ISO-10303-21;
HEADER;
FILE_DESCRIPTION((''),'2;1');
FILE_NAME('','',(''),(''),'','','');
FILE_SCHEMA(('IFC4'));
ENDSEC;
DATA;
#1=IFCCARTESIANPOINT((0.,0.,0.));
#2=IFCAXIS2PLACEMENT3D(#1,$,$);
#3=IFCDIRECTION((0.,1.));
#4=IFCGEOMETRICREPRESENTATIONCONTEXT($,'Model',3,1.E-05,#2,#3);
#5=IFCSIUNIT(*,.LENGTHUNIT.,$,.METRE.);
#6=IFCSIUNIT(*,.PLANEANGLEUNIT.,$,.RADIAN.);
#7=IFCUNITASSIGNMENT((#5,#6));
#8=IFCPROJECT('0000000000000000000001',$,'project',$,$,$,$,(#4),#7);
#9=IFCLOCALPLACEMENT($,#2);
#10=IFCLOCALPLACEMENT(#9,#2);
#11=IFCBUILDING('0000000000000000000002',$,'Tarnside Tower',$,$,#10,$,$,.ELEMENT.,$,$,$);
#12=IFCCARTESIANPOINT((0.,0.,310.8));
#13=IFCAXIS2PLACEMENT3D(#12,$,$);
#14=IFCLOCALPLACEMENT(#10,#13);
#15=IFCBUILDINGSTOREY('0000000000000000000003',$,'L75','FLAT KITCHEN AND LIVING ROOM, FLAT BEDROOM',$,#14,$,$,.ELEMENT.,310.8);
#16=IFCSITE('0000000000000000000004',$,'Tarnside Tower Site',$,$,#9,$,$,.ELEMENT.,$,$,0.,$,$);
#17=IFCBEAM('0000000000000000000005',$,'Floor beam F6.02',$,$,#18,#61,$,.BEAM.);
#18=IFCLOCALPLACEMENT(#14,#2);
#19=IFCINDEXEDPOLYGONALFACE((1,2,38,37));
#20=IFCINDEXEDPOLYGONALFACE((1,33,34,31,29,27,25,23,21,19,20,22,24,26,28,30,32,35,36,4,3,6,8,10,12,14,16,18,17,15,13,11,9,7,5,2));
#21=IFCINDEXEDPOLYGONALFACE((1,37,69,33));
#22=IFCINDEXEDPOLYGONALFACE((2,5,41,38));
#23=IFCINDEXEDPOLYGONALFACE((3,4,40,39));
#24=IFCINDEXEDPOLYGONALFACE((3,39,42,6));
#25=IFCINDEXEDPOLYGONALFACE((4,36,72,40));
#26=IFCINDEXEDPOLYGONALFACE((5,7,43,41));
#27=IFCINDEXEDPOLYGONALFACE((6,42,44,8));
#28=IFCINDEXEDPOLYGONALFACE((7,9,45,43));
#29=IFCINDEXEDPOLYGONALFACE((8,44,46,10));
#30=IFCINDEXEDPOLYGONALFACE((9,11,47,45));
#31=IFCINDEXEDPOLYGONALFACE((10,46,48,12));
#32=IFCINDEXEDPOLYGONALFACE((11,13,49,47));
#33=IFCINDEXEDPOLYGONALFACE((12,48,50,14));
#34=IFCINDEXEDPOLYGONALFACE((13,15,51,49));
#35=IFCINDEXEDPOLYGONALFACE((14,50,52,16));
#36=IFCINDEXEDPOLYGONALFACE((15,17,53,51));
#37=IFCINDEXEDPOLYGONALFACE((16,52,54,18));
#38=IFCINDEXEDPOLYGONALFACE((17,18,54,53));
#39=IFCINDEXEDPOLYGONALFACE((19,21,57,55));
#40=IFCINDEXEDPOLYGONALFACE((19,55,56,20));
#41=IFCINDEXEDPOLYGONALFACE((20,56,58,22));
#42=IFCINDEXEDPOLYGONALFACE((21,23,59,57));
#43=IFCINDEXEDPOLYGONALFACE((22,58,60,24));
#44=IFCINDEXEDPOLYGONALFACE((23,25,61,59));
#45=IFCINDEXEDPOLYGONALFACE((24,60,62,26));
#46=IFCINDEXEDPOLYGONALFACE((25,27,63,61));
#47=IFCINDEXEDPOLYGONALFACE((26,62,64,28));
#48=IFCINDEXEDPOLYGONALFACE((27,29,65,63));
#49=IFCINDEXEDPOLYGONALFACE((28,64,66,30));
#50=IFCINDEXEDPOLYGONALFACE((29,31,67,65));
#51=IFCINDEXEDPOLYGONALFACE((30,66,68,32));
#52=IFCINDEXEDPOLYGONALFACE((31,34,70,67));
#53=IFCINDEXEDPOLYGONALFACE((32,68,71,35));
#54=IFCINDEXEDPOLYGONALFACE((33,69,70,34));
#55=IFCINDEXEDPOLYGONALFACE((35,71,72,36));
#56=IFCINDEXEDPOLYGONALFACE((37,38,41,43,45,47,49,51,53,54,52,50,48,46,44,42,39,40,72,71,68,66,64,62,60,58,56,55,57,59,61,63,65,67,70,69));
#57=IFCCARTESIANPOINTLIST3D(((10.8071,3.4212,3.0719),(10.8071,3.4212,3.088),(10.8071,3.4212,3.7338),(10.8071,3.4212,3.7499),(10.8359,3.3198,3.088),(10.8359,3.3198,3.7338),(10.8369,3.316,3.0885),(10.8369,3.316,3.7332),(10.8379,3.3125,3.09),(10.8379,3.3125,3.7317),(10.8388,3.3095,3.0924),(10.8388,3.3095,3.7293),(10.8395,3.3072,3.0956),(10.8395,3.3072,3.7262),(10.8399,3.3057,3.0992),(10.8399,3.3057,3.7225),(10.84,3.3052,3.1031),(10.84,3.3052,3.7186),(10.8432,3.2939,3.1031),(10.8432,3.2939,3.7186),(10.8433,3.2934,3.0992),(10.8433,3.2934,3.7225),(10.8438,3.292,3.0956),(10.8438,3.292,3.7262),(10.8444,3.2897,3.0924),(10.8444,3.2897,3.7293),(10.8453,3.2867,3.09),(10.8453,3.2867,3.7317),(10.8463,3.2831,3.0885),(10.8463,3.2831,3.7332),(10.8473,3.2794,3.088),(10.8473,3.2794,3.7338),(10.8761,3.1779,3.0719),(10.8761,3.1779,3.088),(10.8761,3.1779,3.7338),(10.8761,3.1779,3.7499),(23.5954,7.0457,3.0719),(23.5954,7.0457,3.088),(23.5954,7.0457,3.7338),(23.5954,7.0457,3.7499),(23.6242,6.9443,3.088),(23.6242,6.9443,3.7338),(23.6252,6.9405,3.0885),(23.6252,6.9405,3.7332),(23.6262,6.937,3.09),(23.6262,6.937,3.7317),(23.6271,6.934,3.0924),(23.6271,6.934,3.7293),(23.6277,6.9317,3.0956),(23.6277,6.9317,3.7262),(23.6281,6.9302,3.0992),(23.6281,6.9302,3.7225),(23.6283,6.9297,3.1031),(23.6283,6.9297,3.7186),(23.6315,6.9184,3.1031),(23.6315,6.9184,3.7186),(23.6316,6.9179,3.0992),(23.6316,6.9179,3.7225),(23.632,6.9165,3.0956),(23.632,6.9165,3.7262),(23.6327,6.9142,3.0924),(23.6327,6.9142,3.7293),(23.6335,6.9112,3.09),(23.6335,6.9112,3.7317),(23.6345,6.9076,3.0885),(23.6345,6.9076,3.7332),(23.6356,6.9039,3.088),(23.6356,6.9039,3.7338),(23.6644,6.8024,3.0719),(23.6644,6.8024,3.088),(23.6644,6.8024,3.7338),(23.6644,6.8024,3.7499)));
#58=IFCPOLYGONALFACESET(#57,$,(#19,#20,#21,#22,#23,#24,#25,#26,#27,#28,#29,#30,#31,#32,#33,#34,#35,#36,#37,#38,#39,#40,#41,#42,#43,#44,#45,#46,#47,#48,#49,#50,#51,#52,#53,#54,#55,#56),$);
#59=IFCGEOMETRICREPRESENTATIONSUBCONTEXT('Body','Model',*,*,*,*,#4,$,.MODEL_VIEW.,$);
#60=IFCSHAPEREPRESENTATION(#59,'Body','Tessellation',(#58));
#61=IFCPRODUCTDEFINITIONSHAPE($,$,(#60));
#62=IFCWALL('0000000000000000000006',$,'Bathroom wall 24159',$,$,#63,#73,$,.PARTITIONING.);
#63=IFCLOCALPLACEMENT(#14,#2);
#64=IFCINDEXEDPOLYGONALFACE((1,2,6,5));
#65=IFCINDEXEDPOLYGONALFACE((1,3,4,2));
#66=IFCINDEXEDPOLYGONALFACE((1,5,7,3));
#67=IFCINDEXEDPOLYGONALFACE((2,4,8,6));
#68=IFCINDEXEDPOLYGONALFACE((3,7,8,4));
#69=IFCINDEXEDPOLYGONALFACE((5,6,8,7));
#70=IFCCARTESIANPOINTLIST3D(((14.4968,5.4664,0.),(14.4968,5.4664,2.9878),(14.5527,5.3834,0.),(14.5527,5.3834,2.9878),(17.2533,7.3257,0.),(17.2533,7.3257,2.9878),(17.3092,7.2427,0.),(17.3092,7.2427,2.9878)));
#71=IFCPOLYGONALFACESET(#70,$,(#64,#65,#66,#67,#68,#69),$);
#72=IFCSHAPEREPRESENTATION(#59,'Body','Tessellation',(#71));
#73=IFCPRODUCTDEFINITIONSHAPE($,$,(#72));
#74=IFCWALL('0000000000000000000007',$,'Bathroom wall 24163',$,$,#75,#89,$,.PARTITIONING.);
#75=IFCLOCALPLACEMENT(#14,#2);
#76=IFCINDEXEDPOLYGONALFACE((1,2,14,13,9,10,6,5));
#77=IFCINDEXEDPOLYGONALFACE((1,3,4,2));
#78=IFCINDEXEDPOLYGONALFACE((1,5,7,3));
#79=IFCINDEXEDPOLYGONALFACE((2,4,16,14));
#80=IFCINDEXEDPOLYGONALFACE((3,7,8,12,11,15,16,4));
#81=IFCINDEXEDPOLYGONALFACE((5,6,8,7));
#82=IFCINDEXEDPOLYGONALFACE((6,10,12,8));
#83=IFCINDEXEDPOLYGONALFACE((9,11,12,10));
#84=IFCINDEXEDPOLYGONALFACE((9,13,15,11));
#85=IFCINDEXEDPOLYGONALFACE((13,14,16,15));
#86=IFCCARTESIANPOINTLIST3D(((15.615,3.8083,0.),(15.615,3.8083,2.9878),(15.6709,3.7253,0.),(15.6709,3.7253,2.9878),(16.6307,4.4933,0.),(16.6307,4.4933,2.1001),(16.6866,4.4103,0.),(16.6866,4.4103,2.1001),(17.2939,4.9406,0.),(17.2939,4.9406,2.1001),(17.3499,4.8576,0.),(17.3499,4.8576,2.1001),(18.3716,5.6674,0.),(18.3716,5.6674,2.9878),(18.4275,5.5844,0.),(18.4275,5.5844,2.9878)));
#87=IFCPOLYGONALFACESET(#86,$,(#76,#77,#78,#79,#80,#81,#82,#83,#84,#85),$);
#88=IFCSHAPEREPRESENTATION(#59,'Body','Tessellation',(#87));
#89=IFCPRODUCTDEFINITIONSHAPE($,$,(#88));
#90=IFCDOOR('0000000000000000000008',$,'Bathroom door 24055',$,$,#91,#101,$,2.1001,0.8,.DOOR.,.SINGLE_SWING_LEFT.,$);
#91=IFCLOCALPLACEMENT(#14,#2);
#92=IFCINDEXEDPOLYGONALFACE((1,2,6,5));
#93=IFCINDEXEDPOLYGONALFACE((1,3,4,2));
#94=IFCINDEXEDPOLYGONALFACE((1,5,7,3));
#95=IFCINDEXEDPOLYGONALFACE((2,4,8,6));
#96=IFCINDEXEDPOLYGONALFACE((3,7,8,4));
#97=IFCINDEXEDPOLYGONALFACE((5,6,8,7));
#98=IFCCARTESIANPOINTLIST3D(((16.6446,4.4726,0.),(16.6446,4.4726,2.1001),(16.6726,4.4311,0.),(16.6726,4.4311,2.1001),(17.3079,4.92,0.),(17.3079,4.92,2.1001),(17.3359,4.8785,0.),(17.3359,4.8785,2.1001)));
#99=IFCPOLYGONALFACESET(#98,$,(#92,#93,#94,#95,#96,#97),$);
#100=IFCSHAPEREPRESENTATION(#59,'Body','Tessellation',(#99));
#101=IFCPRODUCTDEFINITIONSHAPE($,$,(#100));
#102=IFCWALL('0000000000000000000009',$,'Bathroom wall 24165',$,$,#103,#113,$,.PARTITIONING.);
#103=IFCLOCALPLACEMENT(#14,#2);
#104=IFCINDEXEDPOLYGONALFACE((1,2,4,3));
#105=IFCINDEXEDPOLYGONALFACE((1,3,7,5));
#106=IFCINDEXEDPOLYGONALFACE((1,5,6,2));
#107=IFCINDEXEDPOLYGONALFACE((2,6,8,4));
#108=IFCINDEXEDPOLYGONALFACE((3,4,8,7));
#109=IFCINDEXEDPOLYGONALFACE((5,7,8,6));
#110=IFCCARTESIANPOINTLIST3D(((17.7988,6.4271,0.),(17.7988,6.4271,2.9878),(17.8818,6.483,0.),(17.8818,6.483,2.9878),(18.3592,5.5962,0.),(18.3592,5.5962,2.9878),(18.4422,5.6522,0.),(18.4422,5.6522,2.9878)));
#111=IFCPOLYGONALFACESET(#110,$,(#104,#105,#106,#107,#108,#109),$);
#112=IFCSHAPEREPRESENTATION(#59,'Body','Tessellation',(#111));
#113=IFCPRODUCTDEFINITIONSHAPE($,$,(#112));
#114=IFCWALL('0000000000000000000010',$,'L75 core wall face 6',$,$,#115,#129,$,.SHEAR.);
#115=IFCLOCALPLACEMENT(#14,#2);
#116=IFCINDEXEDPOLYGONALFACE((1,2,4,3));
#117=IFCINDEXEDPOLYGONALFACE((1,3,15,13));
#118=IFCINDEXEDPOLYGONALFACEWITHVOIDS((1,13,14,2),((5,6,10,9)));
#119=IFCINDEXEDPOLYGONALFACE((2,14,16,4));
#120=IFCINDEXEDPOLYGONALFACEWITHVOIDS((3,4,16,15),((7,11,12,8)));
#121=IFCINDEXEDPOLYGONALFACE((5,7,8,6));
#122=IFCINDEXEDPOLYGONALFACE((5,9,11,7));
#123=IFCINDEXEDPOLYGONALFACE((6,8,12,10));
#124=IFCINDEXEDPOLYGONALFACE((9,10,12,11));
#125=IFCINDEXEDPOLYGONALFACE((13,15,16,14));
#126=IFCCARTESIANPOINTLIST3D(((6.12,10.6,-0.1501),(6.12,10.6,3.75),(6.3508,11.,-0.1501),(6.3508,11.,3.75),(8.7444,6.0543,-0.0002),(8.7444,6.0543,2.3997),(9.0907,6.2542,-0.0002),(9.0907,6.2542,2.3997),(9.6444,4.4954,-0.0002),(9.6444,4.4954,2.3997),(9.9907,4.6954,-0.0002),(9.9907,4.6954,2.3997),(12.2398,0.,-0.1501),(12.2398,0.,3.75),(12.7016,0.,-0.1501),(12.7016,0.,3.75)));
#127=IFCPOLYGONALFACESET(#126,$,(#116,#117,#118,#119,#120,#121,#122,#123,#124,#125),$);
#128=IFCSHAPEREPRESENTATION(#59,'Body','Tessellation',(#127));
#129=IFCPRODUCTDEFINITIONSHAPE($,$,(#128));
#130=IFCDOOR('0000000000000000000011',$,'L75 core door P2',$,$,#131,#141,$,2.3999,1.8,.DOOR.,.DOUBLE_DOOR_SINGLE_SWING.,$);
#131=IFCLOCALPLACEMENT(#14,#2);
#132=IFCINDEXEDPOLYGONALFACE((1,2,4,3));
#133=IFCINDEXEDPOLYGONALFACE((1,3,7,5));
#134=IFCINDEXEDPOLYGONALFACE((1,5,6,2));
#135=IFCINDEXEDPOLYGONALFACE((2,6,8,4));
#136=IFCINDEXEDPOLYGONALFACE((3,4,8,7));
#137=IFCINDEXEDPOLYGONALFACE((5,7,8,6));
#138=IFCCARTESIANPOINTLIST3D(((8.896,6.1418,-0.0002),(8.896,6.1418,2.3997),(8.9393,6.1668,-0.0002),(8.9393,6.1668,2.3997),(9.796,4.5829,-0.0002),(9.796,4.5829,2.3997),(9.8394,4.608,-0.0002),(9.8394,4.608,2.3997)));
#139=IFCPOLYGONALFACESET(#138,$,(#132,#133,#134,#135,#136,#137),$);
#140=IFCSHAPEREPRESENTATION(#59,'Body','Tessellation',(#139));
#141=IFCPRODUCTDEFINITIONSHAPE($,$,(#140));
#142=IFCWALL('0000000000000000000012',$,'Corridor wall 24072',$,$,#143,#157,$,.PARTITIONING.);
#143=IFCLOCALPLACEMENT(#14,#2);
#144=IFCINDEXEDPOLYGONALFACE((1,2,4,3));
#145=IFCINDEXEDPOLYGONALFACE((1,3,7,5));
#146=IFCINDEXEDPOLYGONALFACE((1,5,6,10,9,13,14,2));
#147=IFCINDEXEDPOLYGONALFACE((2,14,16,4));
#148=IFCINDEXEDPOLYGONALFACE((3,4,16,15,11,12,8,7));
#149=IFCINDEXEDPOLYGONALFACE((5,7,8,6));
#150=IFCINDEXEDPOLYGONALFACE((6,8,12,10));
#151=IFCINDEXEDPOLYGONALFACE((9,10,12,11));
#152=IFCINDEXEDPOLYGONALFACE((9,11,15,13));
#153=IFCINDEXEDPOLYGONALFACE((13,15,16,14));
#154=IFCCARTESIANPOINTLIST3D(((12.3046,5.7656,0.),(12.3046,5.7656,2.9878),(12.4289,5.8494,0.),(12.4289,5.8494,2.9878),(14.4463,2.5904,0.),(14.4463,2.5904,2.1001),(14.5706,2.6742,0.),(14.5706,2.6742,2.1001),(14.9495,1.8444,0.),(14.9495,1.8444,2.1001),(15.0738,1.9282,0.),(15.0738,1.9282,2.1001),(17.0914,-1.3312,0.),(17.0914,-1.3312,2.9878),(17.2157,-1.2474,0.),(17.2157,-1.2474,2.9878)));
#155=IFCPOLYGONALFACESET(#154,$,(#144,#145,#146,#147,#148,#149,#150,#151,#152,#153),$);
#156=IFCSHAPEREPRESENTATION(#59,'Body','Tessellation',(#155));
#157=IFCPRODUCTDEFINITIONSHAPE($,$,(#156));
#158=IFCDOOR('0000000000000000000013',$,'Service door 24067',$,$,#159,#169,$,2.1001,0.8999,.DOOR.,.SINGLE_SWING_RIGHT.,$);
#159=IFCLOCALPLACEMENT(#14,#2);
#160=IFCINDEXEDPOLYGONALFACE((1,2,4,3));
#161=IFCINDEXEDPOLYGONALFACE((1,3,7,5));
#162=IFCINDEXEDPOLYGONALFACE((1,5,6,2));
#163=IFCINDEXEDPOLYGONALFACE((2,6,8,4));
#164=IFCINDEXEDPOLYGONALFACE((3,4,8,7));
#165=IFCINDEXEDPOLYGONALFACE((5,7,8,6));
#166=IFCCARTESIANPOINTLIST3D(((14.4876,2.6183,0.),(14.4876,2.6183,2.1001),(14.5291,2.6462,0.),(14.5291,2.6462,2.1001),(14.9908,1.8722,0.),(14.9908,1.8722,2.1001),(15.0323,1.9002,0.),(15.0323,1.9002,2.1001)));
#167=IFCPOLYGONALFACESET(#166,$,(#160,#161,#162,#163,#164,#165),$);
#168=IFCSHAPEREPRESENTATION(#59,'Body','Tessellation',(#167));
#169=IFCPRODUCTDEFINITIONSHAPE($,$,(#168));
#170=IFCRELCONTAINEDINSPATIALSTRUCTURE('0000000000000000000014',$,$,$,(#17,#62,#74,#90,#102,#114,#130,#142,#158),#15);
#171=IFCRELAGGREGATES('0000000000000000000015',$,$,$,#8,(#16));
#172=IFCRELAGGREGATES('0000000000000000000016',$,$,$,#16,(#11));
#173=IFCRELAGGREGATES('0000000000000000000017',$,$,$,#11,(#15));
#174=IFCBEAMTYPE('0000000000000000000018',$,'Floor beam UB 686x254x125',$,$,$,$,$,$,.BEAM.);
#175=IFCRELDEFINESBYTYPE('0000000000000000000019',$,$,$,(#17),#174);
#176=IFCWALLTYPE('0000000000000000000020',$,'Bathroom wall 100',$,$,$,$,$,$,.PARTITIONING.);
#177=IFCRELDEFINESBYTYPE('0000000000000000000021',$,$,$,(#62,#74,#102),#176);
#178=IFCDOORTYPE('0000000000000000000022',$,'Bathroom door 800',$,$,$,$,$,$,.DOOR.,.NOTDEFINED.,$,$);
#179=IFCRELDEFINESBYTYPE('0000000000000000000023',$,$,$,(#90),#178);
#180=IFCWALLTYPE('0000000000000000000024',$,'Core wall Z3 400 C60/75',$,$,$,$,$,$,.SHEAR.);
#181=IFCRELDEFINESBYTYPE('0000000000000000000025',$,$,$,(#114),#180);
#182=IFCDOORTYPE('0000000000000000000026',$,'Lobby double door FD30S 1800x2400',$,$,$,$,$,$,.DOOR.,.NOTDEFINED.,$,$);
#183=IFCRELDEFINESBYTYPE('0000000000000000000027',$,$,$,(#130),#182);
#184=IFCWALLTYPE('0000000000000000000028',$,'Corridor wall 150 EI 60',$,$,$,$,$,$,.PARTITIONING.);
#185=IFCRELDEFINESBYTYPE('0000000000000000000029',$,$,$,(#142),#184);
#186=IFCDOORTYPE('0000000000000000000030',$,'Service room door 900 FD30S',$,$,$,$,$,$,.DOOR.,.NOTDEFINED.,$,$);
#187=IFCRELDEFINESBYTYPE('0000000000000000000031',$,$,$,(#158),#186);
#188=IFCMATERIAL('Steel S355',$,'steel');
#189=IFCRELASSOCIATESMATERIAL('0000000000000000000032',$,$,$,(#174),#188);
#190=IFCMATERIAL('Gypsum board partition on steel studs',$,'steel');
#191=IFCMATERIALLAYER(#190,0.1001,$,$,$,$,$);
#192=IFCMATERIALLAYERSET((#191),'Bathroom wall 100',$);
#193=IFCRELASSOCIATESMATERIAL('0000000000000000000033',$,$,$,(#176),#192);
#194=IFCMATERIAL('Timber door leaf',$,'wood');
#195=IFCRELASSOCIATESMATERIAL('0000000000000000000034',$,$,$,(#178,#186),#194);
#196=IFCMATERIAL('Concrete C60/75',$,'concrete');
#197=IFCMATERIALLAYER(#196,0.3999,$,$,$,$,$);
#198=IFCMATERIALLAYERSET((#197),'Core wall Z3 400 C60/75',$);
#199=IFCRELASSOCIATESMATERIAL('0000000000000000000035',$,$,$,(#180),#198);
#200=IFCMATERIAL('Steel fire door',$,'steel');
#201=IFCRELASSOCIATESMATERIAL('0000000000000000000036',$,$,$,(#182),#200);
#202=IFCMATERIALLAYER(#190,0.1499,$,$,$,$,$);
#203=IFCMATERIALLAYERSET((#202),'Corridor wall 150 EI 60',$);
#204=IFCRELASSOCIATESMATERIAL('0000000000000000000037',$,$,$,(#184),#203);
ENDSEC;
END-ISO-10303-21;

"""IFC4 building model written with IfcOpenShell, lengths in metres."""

from ifc_helpers import new_model, si_unit, direction, frame, frame_2d, origin, origin_2d, place, context, subcontext, project, spatial, polyline, rectangle, i_section, outline, extrude, material, layer, layer_set, material_profile, profile_set, type_object, element, fill, save


model = new_model("IFC4")

# Units and contexts
model_context = context("Model", 3, precision=1e-05, world=origin(), true_north=direction((0.0, 1.0)))
body_context = subcontext(model_context, "Body", "Model", "MODEL_VIEW")
ifc_project = project(units=[si_unit("LENGTHUNIT", "METRE"), si_unit("PLANEANGLEUNIT", "RADIAN")], contexts=[model_context])

# Site, building, storey
site_placement = place(None, origin())
site = spatial("IfcSite", under=ifc_project, at=site_placement, Name="Tarnside Tower Site", CompositionType="ELEMENT", RefElevation=0.0)
building_placement = place(site_placement, origin())
building = spatial("IfcBuilding", under=site, at=building_placement, Name="Tarnside Tower", CompositionType="ELEMENT")
storey_placement = place(building_placement, frame((0.0, 0.0, 310.8)))
storey = spatial("IfcBuildingStorey", under=building, at=storey_placement, Name="L75", Description="FLAT KITCHEN AND LIVING ROOM, FLAT BEDROOM", CompositionType="ELEMENT", Elevation=310.8)

# Beam
ifc_material_1 = material(Name="Steel S355", Category="steel")
ifc_material_profile = material_profile(ifc_material_1, i_section(OverallWidth=0.2529, OverallDepth=0.678, WebThickness=0.0117, FlangeThickness=0.0161, FilletRadius=0.0151, at=origin_2d()), Name="UB 686x254x125")
ifc_profile_set = profile_set([ifc_material_profile], Name="Steel S355")
beam_type = type_object("IfcBeamType", Name="Floor beam UB 686x254x125", PredefinedType="BEAM", material=ifc_profile_set)
beam_placement = place(storey_placement, frame((23.6299, 6.9241, 3.4109), z_axis=(-0.962104, -0.272683, 0.0), x_axis=(0.272683, -0.962104, 0.0)))
element("IfcBeam", 1, at=beam_placement, inside=storey, type_object=beam_type, Name="Floor beam F6.02", PredefinedType="BEAM", context=body_context, shape_type="SweptSolid", body=[
    extrude(i_section(OverallWidth=0.2529, OverallDepth=0.678, WebThickness=0.0117, FlangeThickness=0.0161, FilletRadius=0.0151, at=origin_2d()), origin(), (0.0, 0.0, 1.0), 13.292),
])

# Wall
ifc_material_2 = material(Name="Gypsum board partition on steel studs", Category="steel")
ifc_layer_1 = layer(ifc_material_2, 0.1001)
ifc_layer_set_1 = layer_set([ifc_layer_1], Name="Bathroom wall 100")
wall_type_1 = type_object("IfcWallType", Name="Bathroom wall 100", PredefinedType="PARTITIONING", material=ifc_layer_set_1)
wall_1_placement = place(storey_placement, frame((14.5247, 5.4248, 0.0), z_axis=(0.0, 0.0, 1.0), x_axis=(0.829033, 0.559199, 0.0)))
element("IfcWall", 2, at=wall_1_placement, inside=storey, type_object=wall_type_1, Name="Bathroom wall 24159", PredefinedType="PARTITIONING", context=body_context, shape_type="SweptSolid", body=[
    extrude(rectangle(XDim=3.325, YDim=0.1001, at=frame_2d((1.6626, 0.0))), origin(), (0.0, 0.0, 1.0), 2.9878),
])

# Wall, opening, door
wall_2_placement = place(storey_placement, frame((18.3997, 5.626, 0.0), z_axis=(0.0, 0.0, 1.0), x_axis=(-0.829067, -0.559149, 0.0)))
wall_2 = element("IfcWall", 3, at=wall_2_placement, inside=storey, type_object=wall_type_1, Name="Bathroom wall 24163", PredefinedType="PARTITIONING", context=body_context, shape_type="SweptSolid", body=[
    extrude(rectangle(XDim=3.325, YDim=0.1001, at=frame_2d((1.6626, 0.0))), origin(), (0.0, 0.0, 1.0), 2.9878),
])
opening_1_placement = place(wall_2_placement, frame((1.3, 0.0, 0.0)))
opening_1 = element("IfcOpeningElement", 4, at=opening_1_placement, cuts=wall_2, PredefinedType="OPENING", context=body_context, shape_type="SweptSolid", body=[
    extrude(rectangle(XDim=0.8, YDim=2.1001, at=frame_2d((0.3999, 1.05))), frame((0.0, 0.0601, 0.0), z_axis=(0.0, -1.0, 0.0), x_axis=(1.0, 0.0, 0.0)), (0.0, 0.0, 1.0), 0.1201),
])
ifc_material_3 = material(Name="Timber door leaf", Category="wood")
door_type_1 = type_object("IfcDoorType", Name="Bathroom door 800", OperationType="NOTDEFINED", PredefinedType="DOOR", material=ifc_material_3)
door_1_placement = place(opening_1_placement, origin())
door_1 = element("IfcDoor", 5, at=door_1_placement, inside=storey, type_object=door_type_1, Name="Bathroom door 24055", OperationType="SINGLE_SWING_LEFT", OverallHeight=2.1001, OverallWidth=0.8, PredefinedType="DOOR", context=body_context, shape_type="SweptSolid", body=[
    extrude(rectangle(XDim=0.8, YDim=2.1001, at=frame_2d((0.3999, 1.05))), frame((0.0, 0.0249, 0.0), z_axis=(0.0, -1.0, 0.0), x_axis=(1.0, 0.0, 0.0)), (0.0, 0.0, 1.0), 0.05),
])
fill(opening_1, door_1)

# Wall
wall_3_placement = place(storey_placement, frame((18.4006, 5.6243, 0.0), z_axis=(0.0, 0.0, 1.0), x_axis=(-0.559134, 0.829077, 0.0)))
element("IfcWall", 6, at=wall_3_placement, inside=storey, type_object=wall_type_1, Name="Bathroom wall 24165", PredefinedType="PARTITIONING", context=body_context, shape_type="SweptSolid", body=[
    extrude(rectangle(XDim=1.0022, YDim=0.1001, at=frame_2d((0.501, 0.0))), origin(), (0.0, 0.0, 1.0), 2.9878),
])

# Walls, openings, doors
ifc_material_4 = material(Name="Concrete C60/75", Category="concrete")
ifc_layer_2 = layer(ifc_material_4, 0.3999)
ifc_layer_set_2 = layer_set([ifc_layer_2], Name="Core wall Z3 400 C60/75")
wall_type_2 = type_object("IfcWallType", Name="Core wall Z3 400 C60/75", PredefinedType="SHEAR", material=ifc_layer_set_2)
wall_4_placement = place(storey_placement, frame((12.4707, 0.0, -0.1501), z_axis=(0.0, 0.0, 1.0), x_axis=(-0.499996, 0.866027, 0.0)))
wall_4 = element("IfcWall", 7, at=wall_4_placement, inside=storey, type_object=wall_type_2, Name="L75 core wall face 6", PredefinedType="SHEAR", context=body_context, shape_type="SweptSolid", body=[
    extrude(outline(polyline([(-0.1155, -0.2), (12.5862, -0.2), (12.3552, 0.2), (0.1155, 0.2), (-0.1155, -0.2)])), origin(), (0.0, 0.0, 1.0), 3.9001),
])
opening_2_placement = place(wall_4_placement, frame((5.3064, 0.0, 0.1499)))
opening_2 = element("IfcOpeningElement", 8, at=opening_2_placement, cuts=wall_4, PredefinedType="OPENING", context=body_context, shape_type="SweptSolid", body=[
    extrude(rectangle(XDim=1.8, YDim=2.3999, at=frame_2d((0.8999, 1.2))), frame((0.0, 0.21, 0.0), z_axis=(0.0, -1.0, 0.0), x_axis=(1.0, 0.0, 0.0)), (0.0, 0.0, 1.0), 0.4199),
])
ifc_material_5 = material(Name="Steel fire door", Category="steel")
door_type_2 = type_object("IfcDoorType", Name="Lobby double door FD30S 1800x2400", OperationType="NOTDEFINED", PredefinedType="DOOR", material=ifc_material_5)
door_2_placement = place(opening_2_placement, origin())
door_2 = element("IfcDoor", 9, at=door_2_placement, inside=storey, type_object=door_type_2, Name="L75 core door P2", OperationType="DOUBLE_DOOR_SINGLE_SWING", OverallHeight=2.3999, OverallWidth=1.8, PredefinedType="DOOR", context=body_context, shape_type="SweptSolid", body=[
    extrude(rectangle(XDim=1.8, YDim=2.3999, at=frame_2d((0.8999, 1.2))), frame((0.0, 0.0249, 0.0), z_axis=(0.0, -1.0, 0.0), x_axis=(1.0, 0.0, 0.0)), (0.0, 0.0, 1.0), 0.05),
])
fill(opening_2, door_2)
ifc_layer_3 = layer(ifc_material_2, 0.1499)
ifc_layer_set_3 = layer_set([ifc_layer_3], Name="Corridor wall 150 EI 60")
wall_type_3 = type_object("IfcWallType", Name="Corridor wall 150 EI 60", PredefinedType="PARTITIONING", material=ifc_layer_set_3)
wall_5_placement = place(storey_placement, frame((12.3667, 5.8076, 0.0), z_axis=(0.0, 0.0, 1.0), x_axis=(0.559187, -0.829041, 0.0)))
wall_5 = element("IfcWall", 10, at=wall_5_placement, inside=storey, type_object=wall_type_3, Name="Corridor wall 24072", PredefinedType="PARTITIONING", context=body_context, shape_type="SweptSolid", body=[
    extrude(rectangle(XDim=8.5603, YDim=0.1499, at=frame_2d((4.2803, 0.0))), origin(), (0.0, 0.0, 1.0), 2.9878),
])
opening_3_placement = place(wall_5_placement, frame((3.8301, 0.0, 0.0)))
opening_3 = element("IfcOpeningElement", 11, at=opening_3_placement, cuts=wall_5, PredefinedType="OPENING", context=body_context, shape_type="SweptSolid", body=[
    extrude(rectangle(XDim=0.8999, YDim=2.1001, at=frame_2d((0.45, 1.05))), frame((0.0, 0.085, 0.0), z_axis=(0.0, -1.0, 0.0), x_axis=(1.0, 0.0, 0.0)), (0.0, 0.0, 1.0), 0.1699),
])
door_type_3 = type_object("IfcDoorType", Name="Service room door 900 FD30S", OperationType="NOTDEFINED", PredefinedType="DOOR", material=ifc_material_3)
door_3_placement = place(opening_3_placement, origin())
door_3 = element("IfcDoor", 12, at=door_3_placement, inside=storey, type_object=door_type_3, Name="Service door 24067", OperationType="SINGLE_SWING_RIGHT", OverallHeight=2.1001, OverallWidth=0.8999, PredefinedType="DOOR", context=body_context, shape_type="SweptSolid", body=[
    extrude(rectangle(XDim=0.8999, YDim=2.1001, at=frame_2d((0.45, 1.05))), frame((0.0, 0.0249, 0.0), z_axis=(0.0, -1.0, 0.0), x_axis=(1.0, 0.0, 0.0)), (0.0, 0.0, 1.0), 0.05),
])
fill(opening_3, door_3)

save(model, "model.ifc")
